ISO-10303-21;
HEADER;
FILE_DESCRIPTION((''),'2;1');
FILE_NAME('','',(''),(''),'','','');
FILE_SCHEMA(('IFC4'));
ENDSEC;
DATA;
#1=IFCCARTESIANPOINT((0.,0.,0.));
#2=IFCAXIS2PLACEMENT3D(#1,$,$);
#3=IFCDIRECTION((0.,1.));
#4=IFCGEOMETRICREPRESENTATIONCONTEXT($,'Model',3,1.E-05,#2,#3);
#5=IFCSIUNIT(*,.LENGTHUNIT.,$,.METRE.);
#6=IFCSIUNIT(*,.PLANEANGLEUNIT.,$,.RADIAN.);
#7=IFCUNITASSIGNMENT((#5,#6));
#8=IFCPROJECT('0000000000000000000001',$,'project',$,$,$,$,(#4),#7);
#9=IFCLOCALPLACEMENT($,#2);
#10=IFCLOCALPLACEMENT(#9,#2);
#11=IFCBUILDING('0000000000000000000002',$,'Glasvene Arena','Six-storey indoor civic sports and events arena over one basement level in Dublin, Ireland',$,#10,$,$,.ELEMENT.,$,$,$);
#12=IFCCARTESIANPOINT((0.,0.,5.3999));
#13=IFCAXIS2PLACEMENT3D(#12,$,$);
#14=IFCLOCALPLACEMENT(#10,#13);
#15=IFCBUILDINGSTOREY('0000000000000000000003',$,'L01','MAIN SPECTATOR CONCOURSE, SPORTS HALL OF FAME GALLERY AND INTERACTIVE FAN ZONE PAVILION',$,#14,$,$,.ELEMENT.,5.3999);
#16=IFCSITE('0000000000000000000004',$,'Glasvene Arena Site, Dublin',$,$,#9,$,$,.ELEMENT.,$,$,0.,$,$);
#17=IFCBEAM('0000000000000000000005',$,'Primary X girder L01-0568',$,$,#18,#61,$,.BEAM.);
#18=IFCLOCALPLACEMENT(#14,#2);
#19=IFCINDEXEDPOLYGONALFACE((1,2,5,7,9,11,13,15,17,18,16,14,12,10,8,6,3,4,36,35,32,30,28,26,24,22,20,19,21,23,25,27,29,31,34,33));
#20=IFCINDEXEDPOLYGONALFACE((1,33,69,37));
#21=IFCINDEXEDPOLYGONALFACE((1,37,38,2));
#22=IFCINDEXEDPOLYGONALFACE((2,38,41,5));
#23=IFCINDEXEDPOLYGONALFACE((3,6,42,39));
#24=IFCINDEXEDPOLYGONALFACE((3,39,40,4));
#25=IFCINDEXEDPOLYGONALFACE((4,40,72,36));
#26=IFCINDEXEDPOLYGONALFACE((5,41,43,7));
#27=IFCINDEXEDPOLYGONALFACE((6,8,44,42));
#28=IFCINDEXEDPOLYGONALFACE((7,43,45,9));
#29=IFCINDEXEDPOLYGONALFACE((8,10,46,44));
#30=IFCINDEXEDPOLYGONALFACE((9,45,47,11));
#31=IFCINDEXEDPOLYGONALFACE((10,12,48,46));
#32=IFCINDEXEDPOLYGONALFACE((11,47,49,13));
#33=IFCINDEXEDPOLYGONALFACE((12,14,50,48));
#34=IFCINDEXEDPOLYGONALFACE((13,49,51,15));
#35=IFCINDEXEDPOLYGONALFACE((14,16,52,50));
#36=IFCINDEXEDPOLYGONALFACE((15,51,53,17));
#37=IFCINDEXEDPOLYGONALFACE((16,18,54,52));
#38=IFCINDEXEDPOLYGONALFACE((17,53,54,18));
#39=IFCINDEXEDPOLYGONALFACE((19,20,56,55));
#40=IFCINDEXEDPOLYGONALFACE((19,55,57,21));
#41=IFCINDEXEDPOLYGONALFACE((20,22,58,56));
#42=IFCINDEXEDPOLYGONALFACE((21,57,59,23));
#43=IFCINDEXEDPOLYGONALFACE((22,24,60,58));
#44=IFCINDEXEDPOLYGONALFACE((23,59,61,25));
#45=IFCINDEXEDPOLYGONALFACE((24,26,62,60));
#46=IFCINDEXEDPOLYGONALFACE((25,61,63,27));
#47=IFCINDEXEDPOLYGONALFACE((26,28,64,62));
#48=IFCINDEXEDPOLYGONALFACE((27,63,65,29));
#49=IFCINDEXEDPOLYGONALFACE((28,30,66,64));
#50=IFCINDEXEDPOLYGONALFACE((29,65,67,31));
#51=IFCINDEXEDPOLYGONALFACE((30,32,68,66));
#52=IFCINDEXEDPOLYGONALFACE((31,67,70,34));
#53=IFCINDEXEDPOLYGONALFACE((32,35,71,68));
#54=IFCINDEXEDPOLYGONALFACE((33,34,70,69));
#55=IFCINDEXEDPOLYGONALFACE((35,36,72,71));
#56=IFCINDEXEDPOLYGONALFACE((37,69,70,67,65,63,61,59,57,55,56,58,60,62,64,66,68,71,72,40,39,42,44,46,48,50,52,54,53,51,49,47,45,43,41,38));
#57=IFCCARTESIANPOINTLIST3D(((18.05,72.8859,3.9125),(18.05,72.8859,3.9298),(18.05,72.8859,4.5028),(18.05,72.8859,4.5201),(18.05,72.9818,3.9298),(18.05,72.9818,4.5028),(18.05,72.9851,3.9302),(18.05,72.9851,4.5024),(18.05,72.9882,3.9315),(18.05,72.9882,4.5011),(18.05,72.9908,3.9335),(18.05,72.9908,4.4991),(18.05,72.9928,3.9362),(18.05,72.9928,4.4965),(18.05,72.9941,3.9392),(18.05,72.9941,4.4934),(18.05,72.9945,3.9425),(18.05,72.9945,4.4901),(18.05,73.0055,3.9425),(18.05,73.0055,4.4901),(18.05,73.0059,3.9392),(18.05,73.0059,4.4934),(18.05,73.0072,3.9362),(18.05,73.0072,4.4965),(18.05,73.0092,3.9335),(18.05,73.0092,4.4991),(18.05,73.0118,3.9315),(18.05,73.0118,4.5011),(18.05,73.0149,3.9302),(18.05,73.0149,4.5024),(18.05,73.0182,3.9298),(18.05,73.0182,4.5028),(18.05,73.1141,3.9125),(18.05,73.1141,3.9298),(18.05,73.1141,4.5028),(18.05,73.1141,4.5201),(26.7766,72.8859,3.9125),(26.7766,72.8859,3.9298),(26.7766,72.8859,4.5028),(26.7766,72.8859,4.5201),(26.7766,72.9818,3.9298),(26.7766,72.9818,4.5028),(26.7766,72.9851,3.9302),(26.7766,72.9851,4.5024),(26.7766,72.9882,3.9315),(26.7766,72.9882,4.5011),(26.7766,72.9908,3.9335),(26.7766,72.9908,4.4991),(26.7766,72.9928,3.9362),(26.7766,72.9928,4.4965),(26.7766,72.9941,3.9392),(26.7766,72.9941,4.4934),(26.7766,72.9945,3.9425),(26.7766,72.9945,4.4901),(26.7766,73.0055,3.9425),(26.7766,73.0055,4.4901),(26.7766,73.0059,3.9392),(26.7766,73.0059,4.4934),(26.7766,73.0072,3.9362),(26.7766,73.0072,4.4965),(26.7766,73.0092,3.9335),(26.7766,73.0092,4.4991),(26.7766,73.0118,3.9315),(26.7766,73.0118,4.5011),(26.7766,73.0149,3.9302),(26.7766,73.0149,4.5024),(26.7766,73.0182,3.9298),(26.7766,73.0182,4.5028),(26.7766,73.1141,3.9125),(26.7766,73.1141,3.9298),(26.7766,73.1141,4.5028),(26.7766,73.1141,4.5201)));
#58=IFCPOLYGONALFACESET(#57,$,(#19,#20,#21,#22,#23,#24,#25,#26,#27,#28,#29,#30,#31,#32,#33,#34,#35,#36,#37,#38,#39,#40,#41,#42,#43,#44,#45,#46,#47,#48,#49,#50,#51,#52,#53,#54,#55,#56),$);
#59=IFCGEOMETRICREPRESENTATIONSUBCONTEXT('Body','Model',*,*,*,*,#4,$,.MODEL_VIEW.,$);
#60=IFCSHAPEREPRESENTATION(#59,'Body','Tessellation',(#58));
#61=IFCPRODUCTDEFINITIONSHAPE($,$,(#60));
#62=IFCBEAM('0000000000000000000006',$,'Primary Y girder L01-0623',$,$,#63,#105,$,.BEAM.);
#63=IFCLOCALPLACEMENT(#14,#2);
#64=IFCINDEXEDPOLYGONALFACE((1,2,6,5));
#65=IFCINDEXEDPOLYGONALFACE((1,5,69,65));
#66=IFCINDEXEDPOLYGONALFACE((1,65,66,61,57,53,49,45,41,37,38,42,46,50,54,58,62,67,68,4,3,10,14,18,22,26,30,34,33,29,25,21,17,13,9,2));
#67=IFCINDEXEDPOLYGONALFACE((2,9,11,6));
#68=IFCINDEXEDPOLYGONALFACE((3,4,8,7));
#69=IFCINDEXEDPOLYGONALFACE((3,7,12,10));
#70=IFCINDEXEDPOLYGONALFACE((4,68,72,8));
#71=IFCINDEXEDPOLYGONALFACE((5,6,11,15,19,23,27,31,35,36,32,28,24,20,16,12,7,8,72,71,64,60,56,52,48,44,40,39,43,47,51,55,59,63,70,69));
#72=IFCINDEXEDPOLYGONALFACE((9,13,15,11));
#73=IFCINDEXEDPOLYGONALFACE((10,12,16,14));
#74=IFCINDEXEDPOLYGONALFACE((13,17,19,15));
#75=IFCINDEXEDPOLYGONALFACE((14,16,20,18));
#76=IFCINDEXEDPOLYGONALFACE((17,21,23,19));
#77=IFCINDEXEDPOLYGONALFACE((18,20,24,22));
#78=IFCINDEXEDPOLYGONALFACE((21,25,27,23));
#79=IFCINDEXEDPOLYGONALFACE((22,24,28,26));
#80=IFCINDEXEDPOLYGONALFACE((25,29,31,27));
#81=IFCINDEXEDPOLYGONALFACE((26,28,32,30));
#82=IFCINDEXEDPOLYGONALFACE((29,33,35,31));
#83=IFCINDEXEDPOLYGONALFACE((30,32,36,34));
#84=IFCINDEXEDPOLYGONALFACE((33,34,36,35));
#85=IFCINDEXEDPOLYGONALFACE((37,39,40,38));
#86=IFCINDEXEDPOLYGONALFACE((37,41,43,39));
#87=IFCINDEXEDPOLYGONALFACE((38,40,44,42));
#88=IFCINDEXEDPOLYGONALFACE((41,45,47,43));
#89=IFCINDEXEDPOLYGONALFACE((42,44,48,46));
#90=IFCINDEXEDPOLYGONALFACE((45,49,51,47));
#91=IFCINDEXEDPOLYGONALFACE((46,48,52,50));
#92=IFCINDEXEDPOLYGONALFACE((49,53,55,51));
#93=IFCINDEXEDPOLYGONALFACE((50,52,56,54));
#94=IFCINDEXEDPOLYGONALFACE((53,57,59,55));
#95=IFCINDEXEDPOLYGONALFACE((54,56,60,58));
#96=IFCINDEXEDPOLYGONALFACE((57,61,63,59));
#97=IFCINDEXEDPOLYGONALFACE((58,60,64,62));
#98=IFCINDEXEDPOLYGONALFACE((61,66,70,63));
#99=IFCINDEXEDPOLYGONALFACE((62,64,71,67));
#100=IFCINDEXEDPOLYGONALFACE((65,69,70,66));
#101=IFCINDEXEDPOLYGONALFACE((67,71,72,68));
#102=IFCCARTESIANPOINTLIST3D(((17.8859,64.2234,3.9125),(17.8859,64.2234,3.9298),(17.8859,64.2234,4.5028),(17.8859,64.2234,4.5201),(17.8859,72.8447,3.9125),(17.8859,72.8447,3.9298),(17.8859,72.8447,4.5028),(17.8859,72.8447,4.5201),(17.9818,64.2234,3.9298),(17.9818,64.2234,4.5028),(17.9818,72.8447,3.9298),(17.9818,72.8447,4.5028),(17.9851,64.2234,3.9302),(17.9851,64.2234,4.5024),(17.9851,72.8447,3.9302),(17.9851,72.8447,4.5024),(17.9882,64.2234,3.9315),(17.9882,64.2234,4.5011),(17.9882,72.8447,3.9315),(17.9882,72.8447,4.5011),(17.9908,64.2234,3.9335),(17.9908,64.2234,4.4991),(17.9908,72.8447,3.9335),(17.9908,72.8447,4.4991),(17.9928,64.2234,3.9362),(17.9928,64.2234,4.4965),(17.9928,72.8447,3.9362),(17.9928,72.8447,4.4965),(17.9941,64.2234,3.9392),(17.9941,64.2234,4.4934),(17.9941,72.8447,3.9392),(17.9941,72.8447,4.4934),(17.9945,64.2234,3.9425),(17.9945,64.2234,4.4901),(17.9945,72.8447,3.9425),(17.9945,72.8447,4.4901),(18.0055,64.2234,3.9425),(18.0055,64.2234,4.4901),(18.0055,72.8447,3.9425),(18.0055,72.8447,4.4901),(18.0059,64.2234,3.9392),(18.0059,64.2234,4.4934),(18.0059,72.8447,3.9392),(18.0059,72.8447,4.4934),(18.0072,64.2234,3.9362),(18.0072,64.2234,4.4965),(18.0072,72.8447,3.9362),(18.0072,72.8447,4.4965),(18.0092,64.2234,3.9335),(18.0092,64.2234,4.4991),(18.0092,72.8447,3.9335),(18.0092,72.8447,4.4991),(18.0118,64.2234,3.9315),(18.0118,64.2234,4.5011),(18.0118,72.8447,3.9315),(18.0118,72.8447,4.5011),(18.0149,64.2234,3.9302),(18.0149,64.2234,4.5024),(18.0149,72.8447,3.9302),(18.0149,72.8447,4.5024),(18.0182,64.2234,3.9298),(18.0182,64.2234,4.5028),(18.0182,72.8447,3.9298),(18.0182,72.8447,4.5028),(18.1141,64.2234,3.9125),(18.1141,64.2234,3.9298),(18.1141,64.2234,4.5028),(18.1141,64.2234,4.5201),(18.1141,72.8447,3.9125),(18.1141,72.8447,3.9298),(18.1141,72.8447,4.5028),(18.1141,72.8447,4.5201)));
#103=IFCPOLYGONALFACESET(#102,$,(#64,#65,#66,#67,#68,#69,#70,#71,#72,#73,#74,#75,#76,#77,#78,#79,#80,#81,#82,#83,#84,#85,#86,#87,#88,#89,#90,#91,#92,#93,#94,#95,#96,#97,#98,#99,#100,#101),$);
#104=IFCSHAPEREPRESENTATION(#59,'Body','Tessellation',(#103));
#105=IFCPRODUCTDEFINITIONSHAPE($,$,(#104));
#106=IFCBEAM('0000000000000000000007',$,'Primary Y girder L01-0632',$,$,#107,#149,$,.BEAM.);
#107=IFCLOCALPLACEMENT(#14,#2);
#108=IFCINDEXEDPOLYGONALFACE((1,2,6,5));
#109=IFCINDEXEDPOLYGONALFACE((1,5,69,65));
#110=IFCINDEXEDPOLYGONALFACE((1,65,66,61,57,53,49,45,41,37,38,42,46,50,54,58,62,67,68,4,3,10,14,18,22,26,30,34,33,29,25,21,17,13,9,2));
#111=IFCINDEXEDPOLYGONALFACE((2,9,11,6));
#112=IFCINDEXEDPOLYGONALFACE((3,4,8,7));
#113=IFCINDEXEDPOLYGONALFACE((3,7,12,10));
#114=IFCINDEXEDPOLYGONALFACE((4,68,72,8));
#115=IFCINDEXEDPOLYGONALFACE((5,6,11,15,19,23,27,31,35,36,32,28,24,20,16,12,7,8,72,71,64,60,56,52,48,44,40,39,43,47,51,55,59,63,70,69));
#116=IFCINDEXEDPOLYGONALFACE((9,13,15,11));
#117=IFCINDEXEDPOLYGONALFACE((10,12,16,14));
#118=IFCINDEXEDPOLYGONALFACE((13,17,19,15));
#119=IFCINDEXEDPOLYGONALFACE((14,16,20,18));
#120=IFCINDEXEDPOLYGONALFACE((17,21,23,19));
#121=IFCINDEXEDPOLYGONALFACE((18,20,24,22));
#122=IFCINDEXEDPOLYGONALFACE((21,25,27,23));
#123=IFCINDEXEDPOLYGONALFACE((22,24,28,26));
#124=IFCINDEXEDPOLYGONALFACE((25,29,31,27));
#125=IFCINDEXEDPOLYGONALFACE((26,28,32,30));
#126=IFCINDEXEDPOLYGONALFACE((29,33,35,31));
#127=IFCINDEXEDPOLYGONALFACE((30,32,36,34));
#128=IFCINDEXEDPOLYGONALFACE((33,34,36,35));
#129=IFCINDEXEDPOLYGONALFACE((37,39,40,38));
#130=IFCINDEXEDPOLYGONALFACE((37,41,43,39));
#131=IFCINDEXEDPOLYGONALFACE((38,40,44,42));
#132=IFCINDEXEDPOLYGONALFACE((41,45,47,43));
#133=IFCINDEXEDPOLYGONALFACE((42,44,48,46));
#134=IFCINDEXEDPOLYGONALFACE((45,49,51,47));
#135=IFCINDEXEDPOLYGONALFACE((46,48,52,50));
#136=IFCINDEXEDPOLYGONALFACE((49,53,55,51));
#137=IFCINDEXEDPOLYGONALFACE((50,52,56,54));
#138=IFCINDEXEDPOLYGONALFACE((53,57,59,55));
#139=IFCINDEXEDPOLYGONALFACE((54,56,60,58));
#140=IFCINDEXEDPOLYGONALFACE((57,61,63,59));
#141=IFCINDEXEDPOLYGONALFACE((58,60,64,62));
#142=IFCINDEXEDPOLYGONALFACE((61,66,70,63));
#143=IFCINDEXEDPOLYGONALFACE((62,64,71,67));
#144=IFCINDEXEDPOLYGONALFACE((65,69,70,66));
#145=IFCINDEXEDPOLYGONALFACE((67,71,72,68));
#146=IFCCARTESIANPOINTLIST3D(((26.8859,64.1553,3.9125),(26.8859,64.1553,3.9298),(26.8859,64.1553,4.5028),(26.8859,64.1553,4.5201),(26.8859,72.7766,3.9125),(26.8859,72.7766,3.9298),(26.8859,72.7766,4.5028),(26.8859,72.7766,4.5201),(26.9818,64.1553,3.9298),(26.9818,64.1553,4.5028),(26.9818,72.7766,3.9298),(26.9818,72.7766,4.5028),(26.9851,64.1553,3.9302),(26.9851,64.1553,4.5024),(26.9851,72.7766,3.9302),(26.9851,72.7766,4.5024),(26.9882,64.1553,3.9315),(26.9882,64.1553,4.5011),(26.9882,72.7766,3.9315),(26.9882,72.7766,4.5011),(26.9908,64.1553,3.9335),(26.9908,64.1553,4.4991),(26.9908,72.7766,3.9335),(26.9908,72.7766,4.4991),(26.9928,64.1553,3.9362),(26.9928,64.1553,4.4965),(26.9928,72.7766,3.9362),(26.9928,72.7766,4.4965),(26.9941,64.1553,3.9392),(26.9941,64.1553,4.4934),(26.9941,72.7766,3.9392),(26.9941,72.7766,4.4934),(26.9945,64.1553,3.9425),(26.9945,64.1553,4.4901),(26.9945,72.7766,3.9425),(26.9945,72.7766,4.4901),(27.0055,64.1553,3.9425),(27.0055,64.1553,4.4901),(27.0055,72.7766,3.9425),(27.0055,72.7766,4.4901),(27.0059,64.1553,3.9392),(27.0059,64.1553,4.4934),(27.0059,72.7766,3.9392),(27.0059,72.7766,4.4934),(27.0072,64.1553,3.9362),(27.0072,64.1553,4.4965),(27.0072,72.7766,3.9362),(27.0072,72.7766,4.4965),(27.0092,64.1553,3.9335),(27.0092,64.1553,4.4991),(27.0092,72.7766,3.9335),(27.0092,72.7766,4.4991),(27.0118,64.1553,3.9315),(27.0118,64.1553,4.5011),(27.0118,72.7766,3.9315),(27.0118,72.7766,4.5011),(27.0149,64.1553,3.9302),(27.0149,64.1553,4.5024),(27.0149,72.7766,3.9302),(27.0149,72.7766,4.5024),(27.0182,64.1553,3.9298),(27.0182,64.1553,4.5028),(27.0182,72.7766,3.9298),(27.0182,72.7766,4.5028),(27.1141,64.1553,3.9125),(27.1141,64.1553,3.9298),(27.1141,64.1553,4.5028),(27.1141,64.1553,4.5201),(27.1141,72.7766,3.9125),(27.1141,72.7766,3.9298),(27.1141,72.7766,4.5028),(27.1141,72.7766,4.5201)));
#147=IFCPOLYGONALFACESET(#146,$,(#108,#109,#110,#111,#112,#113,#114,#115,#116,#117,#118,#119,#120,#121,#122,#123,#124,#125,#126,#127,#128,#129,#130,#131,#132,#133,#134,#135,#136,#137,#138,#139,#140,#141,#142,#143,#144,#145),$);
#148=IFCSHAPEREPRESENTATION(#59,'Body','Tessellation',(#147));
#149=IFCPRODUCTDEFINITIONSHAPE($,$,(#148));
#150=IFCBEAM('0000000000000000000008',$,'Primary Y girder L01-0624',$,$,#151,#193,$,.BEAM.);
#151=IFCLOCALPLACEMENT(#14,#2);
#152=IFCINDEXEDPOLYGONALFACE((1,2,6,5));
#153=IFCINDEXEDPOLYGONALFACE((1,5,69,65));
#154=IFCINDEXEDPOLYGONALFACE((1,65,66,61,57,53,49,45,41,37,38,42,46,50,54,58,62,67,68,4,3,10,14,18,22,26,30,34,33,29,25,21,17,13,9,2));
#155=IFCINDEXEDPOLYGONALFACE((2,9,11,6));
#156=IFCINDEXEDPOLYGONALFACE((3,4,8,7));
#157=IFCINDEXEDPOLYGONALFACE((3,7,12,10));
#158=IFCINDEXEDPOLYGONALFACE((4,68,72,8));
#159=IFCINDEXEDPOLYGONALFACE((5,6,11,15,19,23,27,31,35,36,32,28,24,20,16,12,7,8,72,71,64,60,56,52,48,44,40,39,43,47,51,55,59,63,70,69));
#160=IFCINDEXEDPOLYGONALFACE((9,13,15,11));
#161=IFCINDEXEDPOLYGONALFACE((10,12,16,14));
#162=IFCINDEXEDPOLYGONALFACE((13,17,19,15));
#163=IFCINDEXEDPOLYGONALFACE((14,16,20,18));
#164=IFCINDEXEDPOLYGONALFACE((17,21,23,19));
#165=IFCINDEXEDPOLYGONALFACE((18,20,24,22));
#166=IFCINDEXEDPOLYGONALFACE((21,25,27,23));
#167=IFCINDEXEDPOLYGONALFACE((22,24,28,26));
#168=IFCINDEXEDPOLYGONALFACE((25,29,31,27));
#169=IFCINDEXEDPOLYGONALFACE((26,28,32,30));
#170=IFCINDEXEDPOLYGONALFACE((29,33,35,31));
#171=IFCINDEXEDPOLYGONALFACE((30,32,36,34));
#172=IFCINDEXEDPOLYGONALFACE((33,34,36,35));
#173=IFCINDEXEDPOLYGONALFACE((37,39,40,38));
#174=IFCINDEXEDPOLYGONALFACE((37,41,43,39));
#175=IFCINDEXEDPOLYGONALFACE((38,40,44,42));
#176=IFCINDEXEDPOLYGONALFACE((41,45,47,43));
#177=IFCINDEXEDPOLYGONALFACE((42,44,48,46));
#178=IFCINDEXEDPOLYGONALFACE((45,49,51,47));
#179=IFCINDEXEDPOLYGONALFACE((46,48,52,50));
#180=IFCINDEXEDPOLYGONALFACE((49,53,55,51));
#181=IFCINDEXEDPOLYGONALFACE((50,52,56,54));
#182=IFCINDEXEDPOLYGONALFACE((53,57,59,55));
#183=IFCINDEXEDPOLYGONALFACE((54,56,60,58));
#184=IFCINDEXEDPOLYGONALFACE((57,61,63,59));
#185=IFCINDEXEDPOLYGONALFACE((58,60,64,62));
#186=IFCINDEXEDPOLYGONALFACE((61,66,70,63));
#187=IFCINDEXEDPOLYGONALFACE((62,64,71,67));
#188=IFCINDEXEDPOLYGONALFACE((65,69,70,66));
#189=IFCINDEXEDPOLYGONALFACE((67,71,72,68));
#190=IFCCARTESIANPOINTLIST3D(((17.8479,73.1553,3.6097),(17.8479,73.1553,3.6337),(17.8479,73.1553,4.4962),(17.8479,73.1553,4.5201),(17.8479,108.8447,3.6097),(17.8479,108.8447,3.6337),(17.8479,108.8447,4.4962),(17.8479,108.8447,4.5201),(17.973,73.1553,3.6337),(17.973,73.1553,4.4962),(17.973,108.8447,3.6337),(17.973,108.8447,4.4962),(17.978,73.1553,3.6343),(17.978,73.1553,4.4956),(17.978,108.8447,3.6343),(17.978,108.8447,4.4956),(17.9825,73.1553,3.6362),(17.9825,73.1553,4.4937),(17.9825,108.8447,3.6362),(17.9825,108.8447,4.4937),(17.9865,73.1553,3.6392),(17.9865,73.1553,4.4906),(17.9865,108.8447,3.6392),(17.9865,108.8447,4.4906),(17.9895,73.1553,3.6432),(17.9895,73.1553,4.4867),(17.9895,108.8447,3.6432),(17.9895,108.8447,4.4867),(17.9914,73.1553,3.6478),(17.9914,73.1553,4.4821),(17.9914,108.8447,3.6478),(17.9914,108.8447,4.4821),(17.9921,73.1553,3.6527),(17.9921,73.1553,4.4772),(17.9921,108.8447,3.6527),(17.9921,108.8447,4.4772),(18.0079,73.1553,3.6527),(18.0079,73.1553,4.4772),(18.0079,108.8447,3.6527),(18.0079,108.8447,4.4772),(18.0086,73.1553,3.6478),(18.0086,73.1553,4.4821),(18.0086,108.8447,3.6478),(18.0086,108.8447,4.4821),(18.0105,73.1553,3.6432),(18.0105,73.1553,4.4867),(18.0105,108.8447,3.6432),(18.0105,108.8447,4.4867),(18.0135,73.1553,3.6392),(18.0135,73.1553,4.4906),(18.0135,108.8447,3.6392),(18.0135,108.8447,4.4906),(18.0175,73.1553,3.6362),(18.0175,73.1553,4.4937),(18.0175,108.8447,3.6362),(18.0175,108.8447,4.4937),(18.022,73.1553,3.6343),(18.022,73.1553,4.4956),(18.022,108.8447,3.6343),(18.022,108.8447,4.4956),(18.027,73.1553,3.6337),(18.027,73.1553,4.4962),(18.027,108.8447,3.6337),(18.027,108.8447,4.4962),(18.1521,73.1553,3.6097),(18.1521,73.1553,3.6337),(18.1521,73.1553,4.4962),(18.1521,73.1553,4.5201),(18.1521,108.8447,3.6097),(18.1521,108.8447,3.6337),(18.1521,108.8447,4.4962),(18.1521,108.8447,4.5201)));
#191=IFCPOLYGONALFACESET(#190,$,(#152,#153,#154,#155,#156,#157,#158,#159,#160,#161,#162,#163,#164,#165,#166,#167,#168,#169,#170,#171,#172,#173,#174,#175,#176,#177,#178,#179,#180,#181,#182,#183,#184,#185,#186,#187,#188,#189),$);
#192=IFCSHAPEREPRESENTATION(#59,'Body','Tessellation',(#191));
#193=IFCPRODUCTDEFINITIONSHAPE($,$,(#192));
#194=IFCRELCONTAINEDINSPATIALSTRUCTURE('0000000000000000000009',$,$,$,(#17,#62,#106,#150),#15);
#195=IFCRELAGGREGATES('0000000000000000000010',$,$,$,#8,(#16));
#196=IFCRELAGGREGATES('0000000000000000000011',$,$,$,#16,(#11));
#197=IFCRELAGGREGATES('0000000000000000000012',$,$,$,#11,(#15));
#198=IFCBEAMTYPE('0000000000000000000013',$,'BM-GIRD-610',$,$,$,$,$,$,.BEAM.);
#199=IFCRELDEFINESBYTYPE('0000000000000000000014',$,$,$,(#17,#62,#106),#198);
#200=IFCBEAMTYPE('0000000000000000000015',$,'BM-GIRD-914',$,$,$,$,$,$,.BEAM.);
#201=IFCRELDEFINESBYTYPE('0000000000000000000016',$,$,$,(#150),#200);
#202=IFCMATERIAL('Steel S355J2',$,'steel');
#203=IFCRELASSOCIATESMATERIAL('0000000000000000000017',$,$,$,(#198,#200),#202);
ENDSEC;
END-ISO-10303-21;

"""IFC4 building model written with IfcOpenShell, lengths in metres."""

from ifc_helpers import new_model, si_unit, direction, frame, origin, origin_2d, place, context, subcontext, project, spatial, i_section, extrude, material, material_profile, profile_set, type_object, element, save


model = new_model("IFC4")

# Units and contexts
model_context = context("Model", 3, precision=1e-05, world=origin(), true_north=direction((0.0, 1.0)))
body_context = subcontext(model_context, "Body", "Model", "MODEL_VIEW")
ifc_project = project(units=[si_unit("LENGTHUNIT", "METRE"), si_unit("PLANEANGLEUNIT", "RADIAN")], contexts=[model_context])

# Site, building, storey
site_placement = place(None, origin())
site = spatial("IfcSite", under=ifc_project, at=site_placement, Name="Glasvene Arena Site, Dublin", CompositionType="ELEMENT", RefElevation=0.0)
building_placement = place(site_placement, origin())
building = spatial("IfcBuilding", under=site, at=building_placement, Name="Glasvene Arena", Description="Six-storey indoor civic sports and events arena over one basement level in Dublin, Ireland", CompositionType="ELEMENT")
storey_placement = place(building_placement, frame((0.0, 0.0, 5.3999)))
storey = spatial("IfcBuildingStorey", under=building, at=storey_placement, Name="L01", Description="MAIN SPECTATOR CONCOURSE, SPORTS HALL OF FAME GALLERY AND INTERACTIVE FAN ZONE PAVILION", CompositionType="ELEMENT", Elevation=5.3999)

# Shared definitions
ifc_material_1 = material(Name="Steel S355J2", Category="steel")

# Beams
ifc_material_profile_1 = material_profile(ifc_material_1, i_section(OverallWidth=0.2283, OverallDepth=0.6077, WebThickness=0.011, FlangeThickness=0.0173, FilletRadius=0.0127, at=origin_2d()), Name="UKB 610x229x113")
ifc_profile_set_1 = profile_set([ifc_material_profile_1], Name="Steel S355J2")
beam_type_1 = type_object("IfcBeamType", Name="BM-GIRD-610", PredefinedType="BEAM", material=ifc_profile_set_1)
for number, where, z_axis, x_axis, name in (
    (1, (18.05, 73.0, 4.2163), (1.0, 0.0, 0.0), (0.0, 1.0, 0.0), "Primary X girder L01-0568"),
):
    element("IfcBeam", number, at=place(storey_placement, frame(where, z_axis=z_axis, x_axis=x_axis)), inside=storey, type_object=beam_type_1, Name=name, PredefinedType="BEAM", context=body_context, shape_type="SweptSolid", body=[
        extrude(i_section(OverallWidth=0.2283, OverallDepth=0.6077, WebThickness=0.011, FlangeThickness=0.0173, FilletRadius=0.0127, at=origin_2d()), origin(), (0.0, 0.0, 1.0), 8.7266),
    ])
for number, where, z_axis, x_axis, name in (
    (2, (18.0, 64.2234, 4.2163), (0.0, 1.0, 0.0), (-1.0, 0.0, 0.0), "Primary Y girder L01-0623"),
    (3, (27.0, 64.1553, 4.2163), (0.0, 1.0, 0.0), (-1.0, 0.0, 0.0), "Primary Y girder L01-0632"),
):
    element("IfcBeam", number, at=place(storey_placement, frame(where, z_axis=z_axis, x_axis=x_axis)), inside=storey, type_object=beam_type_1, Name=name, PredefinedType="BEAM", context=body_context, shape_type="SweptSolid", body=[
        extrude(i_section(OverallWidth=0.2283, OverallDepth=0.6077, WebThickness=0.011, FlangeThickness=0.0173, FilletRadius=0.0127, at=origin_2d()), origin(), (0.0, 0.0, 1.0), 8.6213),
    ])
ifc_material_profile_2 = material_profile(ifc_material_1, i_section(OverallWidth=0.3042, OverallDepth=0.9104, WebThickness=0.0159, FlangeThickness=0.0239, FilletRadius=0.019, at=origin_2d()), Name="UKB 914x305x224")
ifc_profile_set_2 = profile_set([ifc_material_profile_2], Name="Steel S355J2")
beam_type_2 = type_object("IfcBeamType", Name="BM-GIRD-914", PredefinedType="BEAM", material=ifc_profile_set_2)
beam_1_placement = place(storey_placement, frame((18.0, 73.1553, 4.0649), z_axis=(0.0, 1.0, 0.0), x_axis=(-1.0, 0.0, 0.0)))
element("IfcBeam", 4, at=beam_1_placement, inside=storey, type_object=beam_type_2, Name="Primary Y girder L01-0624", PredefinedType="BEAM", context=body_context, shape_type="SweptSolid", body=[
    extrude(i_section(OverallWidth=0.3042, OverallDepth=0.9104, WebThickness=0.0159, FlangeThickness=0.0239, FilletRadius=0.019, at=origin_2d()), origin(), (0.0, 0.0, 1.0), 35.6895),
])

save(model, "model.ifc")
